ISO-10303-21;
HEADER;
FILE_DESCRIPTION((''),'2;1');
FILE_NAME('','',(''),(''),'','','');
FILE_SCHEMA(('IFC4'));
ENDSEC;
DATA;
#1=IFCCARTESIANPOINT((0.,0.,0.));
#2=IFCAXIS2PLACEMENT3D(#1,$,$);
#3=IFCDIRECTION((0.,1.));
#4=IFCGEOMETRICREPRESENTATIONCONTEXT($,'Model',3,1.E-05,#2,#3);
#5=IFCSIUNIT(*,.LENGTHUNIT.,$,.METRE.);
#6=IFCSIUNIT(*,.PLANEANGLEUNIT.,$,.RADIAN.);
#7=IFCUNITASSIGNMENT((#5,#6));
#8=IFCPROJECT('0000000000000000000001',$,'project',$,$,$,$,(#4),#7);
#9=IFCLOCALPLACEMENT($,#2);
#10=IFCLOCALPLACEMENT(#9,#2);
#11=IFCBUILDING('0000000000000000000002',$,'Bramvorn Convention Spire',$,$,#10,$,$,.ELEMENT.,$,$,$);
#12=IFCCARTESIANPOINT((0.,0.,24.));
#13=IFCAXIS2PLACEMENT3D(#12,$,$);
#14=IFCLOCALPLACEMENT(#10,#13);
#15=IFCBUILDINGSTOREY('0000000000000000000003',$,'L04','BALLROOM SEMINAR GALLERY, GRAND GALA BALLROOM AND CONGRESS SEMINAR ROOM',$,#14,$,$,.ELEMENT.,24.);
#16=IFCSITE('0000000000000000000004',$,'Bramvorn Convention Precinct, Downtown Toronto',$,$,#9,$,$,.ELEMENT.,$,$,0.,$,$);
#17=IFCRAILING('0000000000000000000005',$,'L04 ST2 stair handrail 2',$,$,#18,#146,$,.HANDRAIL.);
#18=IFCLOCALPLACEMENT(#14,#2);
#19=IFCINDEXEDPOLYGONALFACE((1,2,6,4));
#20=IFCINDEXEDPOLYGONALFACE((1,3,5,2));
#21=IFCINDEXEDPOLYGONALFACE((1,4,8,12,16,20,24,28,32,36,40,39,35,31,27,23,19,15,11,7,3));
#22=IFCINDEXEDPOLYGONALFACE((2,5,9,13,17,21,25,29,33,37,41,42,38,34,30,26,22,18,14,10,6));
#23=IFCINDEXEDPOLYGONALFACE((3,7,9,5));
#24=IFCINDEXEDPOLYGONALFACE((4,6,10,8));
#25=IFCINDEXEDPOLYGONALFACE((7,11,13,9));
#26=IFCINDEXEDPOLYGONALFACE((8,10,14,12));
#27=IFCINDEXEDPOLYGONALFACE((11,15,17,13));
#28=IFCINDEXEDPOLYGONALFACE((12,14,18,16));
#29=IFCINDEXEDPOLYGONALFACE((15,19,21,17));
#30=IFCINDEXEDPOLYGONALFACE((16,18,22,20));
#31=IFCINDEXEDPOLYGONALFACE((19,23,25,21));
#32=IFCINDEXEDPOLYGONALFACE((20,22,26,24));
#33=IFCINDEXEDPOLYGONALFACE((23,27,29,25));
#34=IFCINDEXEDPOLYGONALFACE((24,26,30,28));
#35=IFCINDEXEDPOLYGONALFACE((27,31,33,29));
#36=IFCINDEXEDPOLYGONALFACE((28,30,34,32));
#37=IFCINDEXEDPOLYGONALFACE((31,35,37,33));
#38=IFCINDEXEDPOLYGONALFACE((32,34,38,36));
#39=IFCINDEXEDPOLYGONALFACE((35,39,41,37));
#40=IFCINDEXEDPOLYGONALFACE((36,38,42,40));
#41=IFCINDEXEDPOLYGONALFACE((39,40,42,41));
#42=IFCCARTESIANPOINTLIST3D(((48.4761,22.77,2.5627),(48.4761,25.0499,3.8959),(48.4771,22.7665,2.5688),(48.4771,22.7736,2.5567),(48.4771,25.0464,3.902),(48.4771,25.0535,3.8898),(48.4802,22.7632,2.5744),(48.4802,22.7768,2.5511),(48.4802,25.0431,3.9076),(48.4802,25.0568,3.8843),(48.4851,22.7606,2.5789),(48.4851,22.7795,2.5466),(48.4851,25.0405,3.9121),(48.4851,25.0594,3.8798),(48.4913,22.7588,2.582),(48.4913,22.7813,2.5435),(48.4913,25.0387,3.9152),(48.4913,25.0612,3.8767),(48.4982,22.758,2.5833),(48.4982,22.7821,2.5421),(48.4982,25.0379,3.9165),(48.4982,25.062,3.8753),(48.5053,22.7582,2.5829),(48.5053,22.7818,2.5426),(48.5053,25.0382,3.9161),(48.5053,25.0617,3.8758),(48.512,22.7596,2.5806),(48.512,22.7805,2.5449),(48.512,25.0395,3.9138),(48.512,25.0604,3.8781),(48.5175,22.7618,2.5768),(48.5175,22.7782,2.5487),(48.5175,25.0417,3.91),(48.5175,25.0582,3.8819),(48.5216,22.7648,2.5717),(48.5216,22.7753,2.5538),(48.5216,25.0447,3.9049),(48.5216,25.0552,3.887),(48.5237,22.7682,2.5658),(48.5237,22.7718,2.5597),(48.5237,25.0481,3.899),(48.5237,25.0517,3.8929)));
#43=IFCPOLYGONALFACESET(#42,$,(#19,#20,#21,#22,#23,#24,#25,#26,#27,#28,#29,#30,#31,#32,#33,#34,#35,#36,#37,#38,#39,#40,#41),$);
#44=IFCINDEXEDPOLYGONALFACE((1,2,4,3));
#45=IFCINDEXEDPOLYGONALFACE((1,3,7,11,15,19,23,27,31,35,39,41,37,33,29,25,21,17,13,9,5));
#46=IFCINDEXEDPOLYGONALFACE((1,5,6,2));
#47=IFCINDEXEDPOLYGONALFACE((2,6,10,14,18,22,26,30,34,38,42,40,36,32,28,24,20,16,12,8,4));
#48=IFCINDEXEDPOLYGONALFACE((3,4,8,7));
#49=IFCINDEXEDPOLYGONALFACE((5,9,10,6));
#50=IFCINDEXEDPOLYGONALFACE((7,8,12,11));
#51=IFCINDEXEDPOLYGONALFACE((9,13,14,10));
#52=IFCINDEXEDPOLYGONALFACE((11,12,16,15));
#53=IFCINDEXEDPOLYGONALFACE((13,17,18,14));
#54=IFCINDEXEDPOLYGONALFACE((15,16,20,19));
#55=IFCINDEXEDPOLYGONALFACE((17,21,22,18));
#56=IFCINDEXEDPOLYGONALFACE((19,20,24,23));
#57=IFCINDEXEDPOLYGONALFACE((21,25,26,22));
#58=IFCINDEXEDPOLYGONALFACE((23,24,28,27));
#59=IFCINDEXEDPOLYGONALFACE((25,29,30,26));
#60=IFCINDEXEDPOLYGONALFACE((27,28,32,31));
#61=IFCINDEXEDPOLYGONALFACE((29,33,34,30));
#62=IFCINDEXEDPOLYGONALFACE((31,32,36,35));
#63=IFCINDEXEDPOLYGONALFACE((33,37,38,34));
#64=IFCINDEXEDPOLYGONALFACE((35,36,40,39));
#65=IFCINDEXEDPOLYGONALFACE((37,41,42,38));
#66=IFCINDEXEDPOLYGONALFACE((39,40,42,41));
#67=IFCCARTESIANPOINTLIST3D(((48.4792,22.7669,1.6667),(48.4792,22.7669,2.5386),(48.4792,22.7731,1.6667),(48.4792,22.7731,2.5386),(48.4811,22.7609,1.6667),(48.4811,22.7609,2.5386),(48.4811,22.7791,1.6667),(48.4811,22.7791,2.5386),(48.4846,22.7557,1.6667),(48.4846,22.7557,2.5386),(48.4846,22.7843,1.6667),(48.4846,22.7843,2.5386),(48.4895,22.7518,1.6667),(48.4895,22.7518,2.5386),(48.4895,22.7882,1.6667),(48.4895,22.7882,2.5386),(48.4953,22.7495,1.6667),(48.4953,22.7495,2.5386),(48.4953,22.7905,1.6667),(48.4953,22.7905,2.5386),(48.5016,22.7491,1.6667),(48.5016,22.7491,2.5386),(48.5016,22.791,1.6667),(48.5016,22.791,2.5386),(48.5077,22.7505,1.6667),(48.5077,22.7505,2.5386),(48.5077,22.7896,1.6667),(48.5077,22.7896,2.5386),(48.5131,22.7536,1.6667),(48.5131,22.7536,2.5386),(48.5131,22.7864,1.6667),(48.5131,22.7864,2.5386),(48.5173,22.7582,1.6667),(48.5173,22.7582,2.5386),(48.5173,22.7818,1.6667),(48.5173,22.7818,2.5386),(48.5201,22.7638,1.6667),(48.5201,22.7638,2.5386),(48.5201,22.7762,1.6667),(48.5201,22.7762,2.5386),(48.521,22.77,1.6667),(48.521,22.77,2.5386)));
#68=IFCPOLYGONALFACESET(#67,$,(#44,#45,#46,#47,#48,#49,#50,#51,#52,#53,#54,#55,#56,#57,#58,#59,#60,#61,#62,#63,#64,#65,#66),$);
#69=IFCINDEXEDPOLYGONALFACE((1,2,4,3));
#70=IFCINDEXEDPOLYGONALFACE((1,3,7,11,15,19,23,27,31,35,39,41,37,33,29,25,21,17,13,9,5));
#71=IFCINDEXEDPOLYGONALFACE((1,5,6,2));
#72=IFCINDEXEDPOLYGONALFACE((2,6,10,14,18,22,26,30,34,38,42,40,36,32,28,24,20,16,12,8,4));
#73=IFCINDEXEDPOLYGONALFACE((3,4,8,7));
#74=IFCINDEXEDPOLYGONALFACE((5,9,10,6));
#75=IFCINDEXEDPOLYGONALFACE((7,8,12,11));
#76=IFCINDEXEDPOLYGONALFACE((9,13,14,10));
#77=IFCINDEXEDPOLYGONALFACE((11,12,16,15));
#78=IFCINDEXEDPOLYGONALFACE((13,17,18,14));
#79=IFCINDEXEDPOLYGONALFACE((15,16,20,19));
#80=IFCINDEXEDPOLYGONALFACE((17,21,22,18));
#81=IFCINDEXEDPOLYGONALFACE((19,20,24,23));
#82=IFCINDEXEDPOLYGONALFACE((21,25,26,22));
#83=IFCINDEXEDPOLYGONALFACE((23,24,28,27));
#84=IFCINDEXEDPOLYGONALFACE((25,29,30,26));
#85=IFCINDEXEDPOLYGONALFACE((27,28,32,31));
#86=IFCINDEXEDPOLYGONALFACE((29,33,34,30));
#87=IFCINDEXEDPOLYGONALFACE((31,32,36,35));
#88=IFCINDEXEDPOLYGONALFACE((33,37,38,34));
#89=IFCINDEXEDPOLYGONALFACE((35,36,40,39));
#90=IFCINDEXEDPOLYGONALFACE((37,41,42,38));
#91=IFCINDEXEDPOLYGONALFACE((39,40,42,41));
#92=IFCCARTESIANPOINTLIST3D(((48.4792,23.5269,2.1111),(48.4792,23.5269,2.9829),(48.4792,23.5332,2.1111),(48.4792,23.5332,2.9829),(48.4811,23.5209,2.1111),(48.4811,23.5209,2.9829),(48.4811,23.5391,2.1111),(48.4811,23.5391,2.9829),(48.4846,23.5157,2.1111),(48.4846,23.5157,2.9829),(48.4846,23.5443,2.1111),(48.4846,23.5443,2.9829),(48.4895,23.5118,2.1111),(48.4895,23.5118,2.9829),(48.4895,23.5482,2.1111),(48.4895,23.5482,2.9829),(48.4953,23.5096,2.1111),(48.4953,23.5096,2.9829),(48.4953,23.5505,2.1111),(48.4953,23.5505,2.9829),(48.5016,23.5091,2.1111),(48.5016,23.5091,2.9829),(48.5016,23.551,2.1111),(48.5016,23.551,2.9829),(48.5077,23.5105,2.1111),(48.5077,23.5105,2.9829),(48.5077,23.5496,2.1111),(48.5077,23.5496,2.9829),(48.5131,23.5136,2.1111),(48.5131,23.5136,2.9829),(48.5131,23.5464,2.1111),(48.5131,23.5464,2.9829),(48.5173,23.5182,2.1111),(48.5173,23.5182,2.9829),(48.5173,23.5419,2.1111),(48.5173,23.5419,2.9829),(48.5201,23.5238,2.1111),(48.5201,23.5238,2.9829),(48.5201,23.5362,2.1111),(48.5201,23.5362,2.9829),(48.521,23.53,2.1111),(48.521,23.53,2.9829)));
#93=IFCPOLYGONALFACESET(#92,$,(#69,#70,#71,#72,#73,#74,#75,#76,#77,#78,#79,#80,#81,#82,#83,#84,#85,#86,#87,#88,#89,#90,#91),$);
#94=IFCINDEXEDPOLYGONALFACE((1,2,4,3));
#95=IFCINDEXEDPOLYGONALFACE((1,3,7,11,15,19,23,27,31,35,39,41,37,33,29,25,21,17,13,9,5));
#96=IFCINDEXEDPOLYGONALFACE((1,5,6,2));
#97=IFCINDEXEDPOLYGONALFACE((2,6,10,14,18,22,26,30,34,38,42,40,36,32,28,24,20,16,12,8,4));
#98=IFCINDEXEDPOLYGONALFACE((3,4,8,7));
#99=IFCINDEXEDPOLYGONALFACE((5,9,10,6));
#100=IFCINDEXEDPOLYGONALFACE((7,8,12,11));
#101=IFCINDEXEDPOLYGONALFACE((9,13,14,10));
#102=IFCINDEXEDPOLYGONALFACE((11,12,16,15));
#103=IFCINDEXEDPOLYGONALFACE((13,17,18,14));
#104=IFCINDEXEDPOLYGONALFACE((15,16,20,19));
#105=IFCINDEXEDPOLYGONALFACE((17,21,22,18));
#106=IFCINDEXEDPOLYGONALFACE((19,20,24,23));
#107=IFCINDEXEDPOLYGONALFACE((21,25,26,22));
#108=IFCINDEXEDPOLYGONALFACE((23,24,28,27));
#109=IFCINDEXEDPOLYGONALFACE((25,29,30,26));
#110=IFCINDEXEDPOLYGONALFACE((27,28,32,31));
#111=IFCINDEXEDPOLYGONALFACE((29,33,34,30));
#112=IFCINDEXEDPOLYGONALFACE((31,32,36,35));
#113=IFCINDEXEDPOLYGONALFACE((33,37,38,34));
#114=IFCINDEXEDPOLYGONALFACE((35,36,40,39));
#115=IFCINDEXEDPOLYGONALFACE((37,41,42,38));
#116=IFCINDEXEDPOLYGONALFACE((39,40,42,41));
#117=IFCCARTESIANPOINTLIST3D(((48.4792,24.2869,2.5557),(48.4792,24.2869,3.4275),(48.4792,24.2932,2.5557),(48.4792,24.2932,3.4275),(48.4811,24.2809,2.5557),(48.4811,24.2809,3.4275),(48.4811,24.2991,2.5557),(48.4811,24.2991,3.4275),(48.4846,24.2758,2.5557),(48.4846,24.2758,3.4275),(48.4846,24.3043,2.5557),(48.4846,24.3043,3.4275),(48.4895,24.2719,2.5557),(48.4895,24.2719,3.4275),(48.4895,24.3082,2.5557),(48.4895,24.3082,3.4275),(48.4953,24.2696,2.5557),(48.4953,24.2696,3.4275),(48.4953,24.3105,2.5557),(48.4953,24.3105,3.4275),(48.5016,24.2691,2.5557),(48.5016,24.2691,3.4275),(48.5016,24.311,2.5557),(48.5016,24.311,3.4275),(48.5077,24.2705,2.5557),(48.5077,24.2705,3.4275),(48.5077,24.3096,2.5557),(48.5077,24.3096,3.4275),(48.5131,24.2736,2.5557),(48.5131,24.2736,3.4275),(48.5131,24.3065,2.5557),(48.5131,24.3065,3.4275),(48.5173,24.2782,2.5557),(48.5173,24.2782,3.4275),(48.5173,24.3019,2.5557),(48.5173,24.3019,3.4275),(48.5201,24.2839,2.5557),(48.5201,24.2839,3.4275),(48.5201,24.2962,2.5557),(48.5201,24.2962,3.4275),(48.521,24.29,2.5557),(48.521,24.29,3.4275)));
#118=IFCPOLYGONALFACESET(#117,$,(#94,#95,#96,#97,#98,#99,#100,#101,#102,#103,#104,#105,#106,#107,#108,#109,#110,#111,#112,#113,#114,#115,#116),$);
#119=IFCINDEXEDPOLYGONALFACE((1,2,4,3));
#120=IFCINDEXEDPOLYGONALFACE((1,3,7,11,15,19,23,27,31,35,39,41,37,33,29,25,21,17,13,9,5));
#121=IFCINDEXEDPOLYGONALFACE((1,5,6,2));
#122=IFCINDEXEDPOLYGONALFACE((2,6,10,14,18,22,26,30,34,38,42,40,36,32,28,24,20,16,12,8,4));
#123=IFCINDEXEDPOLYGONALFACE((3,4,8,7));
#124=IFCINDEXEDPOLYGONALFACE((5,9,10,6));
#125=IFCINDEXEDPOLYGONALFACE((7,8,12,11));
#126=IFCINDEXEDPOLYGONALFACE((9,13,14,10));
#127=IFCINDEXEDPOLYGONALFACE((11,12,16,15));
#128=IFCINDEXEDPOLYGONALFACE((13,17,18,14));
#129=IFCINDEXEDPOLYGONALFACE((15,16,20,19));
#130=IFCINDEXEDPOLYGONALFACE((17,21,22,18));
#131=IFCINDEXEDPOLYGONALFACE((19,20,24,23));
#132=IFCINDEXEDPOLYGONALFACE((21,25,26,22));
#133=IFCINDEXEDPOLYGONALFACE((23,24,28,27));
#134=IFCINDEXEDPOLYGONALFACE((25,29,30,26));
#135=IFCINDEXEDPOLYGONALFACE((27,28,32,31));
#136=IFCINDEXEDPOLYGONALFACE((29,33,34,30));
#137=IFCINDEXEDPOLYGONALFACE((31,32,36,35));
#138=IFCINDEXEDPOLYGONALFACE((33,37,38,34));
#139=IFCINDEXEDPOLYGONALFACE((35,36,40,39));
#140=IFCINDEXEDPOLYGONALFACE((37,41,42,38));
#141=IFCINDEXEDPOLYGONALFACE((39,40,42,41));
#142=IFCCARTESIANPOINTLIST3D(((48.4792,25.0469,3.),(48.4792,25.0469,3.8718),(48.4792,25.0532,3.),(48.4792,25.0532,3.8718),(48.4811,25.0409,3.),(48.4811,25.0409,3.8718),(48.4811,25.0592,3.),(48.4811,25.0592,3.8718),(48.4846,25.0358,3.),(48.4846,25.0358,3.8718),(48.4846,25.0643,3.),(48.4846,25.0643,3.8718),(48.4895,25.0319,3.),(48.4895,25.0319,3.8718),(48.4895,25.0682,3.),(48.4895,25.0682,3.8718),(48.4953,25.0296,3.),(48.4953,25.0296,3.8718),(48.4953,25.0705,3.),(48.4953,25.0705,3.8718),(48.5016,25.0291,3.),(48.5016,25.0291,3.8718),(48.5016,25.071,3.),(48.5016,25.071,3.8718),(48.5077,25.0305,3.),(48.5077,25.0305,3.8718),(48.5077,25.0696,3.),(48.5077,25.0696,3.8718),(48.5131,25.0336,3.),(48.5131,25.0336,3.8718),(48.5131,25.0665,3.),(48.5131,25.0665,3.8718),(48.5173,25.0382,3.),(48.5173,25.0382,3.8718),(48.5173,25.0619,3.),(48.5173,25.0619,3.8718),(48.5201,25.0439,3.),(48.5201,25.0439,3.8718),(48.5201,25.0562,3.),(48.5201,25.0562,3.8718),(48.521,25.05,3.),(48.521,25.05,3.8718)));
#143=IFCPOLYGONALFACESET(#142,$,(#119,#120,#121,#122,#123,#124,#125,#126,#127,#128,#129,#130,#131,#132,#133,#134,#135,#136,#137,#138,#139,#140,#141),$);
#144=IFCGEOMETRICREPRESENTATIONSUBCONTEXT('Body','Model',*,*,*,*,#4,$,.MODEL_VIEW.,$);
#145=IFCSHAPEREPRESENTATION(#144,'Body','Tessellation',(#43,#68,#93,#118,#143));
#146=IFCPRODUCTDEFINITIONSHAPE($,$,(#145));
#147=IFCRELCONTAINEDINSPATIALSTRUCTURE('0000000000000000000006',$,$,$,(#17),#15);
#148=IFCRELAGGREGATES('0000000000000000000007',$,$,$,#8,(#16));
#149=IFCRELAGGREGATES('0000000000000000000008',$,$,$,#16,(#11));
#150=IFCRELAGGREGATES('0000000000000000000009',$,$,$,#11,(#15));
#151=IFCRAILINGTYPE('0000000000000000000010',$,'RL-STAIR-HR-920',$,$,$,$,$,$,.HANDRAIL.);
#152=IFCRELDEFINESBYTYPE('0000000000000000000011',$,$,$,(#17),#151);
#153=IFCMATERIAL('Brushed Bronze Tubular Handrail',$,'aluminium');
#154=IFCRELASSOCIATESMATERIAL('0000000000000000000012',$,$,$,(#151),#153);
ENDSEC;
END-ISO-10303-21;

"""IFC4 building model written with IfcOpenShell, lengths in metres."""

from ifc_helpers import new_model, si_unit, direction, frame, origin, origin_2d, place, context, subcontext, project, spatial, circle, extrude, material, type_object, element, save


model = new_model("IFC4")

# Units and contexts
model_context = context("Model", 3, precision=1e-05, world=origin(), true_north=direction((0.0, 1.0)))
body_context = subcontext(model_context, "Body", "Model", "MODEL_VIEW")
ifc_project = project(units=[si_unit("LENGTHUNIT", "METRE"), si_unit("PLANEANGLEUNIT", "RADIAN")], contexts=[model_context])

# Site, building, storey
site_placement = place(None, origin())
site = spatial("IfcSite", under=ifc_project, at=site_placement, Name="Bramvorn Convention Precinct, Downtown Toronto", CompositionType="ELEMENT", RefElevation=0.0)
building_placement = place(site_placement, origin())
building = spatial("IfcBuilding", under=site, at=building_placement, Name="Bramvorn Convention Spire", CompositionType="ELEMENT")
storey_placement = place(building_placement, frame((0.0, 0.0, 24.0)))
storey = spatial("IfcBuildingStorey", under=building, at=storey_placement, Name="L04", Description="BALLROOM SEMINAR GALLERY, GRAND GALA BALLROOM AND CONGRESS SEMINAR ROOM", CompositionType="ELEMENT", Elevation=24.0)

# Railing
ifc_material_1 = material(Name="Brushed Bronze Tubular Handrail", Category="aluminium")
railing_type_1 = type_object("IfcRailingType", Name="RL-STAIR-HR-920", PredefinedType="HANDRAIL", material=ifc_material_1)
for number, where, name in (
    (1, (48.5, 22.77, 1.6667), "L04 ST2 stair handrail 2"),
):
    element("IfcRailing", number, at=place(storey_placement, frame(where)), inside=storey, type_object=railing_type_1, Name=name, PredefinedType="HANDRAIL", context=body_context, shape_type="SweptSolid", body=[
        extrude(circle(Radius=0.0239, at=origin_2d()), frame((0.0, 0.0, 0.896), z_axis=(0.0, 0.863245, 0.504785), x_axis=(-1.0, 0.0, 0.0)), (0.0, 0.0, 1.0), 2.6411),
        extrude(circle(Radius=0.021, at=origin_2d()), origin(), (0.0, 0.0, 1.0), 0.8718),
        extrude(circle(Radius=0.021, at=origin_2d()), frame((0.0, 0.76, 0.4443)), (0.0, 0.0, 1.0), 0.8718),
        extrude(circle(Radius=0.021, at=origin_2d()), frame((0.0, 1.52, 0.8889)), (0.0, 0.0, 1.0), 0.8718),
        extrude(circle(Radius=0.021, at=origin_2d()), frame((0.0, 2.28, 1.3333)), (0.0, 0.0, 1.0), 0.8718),
    ])

save(model, "model.ifc")
